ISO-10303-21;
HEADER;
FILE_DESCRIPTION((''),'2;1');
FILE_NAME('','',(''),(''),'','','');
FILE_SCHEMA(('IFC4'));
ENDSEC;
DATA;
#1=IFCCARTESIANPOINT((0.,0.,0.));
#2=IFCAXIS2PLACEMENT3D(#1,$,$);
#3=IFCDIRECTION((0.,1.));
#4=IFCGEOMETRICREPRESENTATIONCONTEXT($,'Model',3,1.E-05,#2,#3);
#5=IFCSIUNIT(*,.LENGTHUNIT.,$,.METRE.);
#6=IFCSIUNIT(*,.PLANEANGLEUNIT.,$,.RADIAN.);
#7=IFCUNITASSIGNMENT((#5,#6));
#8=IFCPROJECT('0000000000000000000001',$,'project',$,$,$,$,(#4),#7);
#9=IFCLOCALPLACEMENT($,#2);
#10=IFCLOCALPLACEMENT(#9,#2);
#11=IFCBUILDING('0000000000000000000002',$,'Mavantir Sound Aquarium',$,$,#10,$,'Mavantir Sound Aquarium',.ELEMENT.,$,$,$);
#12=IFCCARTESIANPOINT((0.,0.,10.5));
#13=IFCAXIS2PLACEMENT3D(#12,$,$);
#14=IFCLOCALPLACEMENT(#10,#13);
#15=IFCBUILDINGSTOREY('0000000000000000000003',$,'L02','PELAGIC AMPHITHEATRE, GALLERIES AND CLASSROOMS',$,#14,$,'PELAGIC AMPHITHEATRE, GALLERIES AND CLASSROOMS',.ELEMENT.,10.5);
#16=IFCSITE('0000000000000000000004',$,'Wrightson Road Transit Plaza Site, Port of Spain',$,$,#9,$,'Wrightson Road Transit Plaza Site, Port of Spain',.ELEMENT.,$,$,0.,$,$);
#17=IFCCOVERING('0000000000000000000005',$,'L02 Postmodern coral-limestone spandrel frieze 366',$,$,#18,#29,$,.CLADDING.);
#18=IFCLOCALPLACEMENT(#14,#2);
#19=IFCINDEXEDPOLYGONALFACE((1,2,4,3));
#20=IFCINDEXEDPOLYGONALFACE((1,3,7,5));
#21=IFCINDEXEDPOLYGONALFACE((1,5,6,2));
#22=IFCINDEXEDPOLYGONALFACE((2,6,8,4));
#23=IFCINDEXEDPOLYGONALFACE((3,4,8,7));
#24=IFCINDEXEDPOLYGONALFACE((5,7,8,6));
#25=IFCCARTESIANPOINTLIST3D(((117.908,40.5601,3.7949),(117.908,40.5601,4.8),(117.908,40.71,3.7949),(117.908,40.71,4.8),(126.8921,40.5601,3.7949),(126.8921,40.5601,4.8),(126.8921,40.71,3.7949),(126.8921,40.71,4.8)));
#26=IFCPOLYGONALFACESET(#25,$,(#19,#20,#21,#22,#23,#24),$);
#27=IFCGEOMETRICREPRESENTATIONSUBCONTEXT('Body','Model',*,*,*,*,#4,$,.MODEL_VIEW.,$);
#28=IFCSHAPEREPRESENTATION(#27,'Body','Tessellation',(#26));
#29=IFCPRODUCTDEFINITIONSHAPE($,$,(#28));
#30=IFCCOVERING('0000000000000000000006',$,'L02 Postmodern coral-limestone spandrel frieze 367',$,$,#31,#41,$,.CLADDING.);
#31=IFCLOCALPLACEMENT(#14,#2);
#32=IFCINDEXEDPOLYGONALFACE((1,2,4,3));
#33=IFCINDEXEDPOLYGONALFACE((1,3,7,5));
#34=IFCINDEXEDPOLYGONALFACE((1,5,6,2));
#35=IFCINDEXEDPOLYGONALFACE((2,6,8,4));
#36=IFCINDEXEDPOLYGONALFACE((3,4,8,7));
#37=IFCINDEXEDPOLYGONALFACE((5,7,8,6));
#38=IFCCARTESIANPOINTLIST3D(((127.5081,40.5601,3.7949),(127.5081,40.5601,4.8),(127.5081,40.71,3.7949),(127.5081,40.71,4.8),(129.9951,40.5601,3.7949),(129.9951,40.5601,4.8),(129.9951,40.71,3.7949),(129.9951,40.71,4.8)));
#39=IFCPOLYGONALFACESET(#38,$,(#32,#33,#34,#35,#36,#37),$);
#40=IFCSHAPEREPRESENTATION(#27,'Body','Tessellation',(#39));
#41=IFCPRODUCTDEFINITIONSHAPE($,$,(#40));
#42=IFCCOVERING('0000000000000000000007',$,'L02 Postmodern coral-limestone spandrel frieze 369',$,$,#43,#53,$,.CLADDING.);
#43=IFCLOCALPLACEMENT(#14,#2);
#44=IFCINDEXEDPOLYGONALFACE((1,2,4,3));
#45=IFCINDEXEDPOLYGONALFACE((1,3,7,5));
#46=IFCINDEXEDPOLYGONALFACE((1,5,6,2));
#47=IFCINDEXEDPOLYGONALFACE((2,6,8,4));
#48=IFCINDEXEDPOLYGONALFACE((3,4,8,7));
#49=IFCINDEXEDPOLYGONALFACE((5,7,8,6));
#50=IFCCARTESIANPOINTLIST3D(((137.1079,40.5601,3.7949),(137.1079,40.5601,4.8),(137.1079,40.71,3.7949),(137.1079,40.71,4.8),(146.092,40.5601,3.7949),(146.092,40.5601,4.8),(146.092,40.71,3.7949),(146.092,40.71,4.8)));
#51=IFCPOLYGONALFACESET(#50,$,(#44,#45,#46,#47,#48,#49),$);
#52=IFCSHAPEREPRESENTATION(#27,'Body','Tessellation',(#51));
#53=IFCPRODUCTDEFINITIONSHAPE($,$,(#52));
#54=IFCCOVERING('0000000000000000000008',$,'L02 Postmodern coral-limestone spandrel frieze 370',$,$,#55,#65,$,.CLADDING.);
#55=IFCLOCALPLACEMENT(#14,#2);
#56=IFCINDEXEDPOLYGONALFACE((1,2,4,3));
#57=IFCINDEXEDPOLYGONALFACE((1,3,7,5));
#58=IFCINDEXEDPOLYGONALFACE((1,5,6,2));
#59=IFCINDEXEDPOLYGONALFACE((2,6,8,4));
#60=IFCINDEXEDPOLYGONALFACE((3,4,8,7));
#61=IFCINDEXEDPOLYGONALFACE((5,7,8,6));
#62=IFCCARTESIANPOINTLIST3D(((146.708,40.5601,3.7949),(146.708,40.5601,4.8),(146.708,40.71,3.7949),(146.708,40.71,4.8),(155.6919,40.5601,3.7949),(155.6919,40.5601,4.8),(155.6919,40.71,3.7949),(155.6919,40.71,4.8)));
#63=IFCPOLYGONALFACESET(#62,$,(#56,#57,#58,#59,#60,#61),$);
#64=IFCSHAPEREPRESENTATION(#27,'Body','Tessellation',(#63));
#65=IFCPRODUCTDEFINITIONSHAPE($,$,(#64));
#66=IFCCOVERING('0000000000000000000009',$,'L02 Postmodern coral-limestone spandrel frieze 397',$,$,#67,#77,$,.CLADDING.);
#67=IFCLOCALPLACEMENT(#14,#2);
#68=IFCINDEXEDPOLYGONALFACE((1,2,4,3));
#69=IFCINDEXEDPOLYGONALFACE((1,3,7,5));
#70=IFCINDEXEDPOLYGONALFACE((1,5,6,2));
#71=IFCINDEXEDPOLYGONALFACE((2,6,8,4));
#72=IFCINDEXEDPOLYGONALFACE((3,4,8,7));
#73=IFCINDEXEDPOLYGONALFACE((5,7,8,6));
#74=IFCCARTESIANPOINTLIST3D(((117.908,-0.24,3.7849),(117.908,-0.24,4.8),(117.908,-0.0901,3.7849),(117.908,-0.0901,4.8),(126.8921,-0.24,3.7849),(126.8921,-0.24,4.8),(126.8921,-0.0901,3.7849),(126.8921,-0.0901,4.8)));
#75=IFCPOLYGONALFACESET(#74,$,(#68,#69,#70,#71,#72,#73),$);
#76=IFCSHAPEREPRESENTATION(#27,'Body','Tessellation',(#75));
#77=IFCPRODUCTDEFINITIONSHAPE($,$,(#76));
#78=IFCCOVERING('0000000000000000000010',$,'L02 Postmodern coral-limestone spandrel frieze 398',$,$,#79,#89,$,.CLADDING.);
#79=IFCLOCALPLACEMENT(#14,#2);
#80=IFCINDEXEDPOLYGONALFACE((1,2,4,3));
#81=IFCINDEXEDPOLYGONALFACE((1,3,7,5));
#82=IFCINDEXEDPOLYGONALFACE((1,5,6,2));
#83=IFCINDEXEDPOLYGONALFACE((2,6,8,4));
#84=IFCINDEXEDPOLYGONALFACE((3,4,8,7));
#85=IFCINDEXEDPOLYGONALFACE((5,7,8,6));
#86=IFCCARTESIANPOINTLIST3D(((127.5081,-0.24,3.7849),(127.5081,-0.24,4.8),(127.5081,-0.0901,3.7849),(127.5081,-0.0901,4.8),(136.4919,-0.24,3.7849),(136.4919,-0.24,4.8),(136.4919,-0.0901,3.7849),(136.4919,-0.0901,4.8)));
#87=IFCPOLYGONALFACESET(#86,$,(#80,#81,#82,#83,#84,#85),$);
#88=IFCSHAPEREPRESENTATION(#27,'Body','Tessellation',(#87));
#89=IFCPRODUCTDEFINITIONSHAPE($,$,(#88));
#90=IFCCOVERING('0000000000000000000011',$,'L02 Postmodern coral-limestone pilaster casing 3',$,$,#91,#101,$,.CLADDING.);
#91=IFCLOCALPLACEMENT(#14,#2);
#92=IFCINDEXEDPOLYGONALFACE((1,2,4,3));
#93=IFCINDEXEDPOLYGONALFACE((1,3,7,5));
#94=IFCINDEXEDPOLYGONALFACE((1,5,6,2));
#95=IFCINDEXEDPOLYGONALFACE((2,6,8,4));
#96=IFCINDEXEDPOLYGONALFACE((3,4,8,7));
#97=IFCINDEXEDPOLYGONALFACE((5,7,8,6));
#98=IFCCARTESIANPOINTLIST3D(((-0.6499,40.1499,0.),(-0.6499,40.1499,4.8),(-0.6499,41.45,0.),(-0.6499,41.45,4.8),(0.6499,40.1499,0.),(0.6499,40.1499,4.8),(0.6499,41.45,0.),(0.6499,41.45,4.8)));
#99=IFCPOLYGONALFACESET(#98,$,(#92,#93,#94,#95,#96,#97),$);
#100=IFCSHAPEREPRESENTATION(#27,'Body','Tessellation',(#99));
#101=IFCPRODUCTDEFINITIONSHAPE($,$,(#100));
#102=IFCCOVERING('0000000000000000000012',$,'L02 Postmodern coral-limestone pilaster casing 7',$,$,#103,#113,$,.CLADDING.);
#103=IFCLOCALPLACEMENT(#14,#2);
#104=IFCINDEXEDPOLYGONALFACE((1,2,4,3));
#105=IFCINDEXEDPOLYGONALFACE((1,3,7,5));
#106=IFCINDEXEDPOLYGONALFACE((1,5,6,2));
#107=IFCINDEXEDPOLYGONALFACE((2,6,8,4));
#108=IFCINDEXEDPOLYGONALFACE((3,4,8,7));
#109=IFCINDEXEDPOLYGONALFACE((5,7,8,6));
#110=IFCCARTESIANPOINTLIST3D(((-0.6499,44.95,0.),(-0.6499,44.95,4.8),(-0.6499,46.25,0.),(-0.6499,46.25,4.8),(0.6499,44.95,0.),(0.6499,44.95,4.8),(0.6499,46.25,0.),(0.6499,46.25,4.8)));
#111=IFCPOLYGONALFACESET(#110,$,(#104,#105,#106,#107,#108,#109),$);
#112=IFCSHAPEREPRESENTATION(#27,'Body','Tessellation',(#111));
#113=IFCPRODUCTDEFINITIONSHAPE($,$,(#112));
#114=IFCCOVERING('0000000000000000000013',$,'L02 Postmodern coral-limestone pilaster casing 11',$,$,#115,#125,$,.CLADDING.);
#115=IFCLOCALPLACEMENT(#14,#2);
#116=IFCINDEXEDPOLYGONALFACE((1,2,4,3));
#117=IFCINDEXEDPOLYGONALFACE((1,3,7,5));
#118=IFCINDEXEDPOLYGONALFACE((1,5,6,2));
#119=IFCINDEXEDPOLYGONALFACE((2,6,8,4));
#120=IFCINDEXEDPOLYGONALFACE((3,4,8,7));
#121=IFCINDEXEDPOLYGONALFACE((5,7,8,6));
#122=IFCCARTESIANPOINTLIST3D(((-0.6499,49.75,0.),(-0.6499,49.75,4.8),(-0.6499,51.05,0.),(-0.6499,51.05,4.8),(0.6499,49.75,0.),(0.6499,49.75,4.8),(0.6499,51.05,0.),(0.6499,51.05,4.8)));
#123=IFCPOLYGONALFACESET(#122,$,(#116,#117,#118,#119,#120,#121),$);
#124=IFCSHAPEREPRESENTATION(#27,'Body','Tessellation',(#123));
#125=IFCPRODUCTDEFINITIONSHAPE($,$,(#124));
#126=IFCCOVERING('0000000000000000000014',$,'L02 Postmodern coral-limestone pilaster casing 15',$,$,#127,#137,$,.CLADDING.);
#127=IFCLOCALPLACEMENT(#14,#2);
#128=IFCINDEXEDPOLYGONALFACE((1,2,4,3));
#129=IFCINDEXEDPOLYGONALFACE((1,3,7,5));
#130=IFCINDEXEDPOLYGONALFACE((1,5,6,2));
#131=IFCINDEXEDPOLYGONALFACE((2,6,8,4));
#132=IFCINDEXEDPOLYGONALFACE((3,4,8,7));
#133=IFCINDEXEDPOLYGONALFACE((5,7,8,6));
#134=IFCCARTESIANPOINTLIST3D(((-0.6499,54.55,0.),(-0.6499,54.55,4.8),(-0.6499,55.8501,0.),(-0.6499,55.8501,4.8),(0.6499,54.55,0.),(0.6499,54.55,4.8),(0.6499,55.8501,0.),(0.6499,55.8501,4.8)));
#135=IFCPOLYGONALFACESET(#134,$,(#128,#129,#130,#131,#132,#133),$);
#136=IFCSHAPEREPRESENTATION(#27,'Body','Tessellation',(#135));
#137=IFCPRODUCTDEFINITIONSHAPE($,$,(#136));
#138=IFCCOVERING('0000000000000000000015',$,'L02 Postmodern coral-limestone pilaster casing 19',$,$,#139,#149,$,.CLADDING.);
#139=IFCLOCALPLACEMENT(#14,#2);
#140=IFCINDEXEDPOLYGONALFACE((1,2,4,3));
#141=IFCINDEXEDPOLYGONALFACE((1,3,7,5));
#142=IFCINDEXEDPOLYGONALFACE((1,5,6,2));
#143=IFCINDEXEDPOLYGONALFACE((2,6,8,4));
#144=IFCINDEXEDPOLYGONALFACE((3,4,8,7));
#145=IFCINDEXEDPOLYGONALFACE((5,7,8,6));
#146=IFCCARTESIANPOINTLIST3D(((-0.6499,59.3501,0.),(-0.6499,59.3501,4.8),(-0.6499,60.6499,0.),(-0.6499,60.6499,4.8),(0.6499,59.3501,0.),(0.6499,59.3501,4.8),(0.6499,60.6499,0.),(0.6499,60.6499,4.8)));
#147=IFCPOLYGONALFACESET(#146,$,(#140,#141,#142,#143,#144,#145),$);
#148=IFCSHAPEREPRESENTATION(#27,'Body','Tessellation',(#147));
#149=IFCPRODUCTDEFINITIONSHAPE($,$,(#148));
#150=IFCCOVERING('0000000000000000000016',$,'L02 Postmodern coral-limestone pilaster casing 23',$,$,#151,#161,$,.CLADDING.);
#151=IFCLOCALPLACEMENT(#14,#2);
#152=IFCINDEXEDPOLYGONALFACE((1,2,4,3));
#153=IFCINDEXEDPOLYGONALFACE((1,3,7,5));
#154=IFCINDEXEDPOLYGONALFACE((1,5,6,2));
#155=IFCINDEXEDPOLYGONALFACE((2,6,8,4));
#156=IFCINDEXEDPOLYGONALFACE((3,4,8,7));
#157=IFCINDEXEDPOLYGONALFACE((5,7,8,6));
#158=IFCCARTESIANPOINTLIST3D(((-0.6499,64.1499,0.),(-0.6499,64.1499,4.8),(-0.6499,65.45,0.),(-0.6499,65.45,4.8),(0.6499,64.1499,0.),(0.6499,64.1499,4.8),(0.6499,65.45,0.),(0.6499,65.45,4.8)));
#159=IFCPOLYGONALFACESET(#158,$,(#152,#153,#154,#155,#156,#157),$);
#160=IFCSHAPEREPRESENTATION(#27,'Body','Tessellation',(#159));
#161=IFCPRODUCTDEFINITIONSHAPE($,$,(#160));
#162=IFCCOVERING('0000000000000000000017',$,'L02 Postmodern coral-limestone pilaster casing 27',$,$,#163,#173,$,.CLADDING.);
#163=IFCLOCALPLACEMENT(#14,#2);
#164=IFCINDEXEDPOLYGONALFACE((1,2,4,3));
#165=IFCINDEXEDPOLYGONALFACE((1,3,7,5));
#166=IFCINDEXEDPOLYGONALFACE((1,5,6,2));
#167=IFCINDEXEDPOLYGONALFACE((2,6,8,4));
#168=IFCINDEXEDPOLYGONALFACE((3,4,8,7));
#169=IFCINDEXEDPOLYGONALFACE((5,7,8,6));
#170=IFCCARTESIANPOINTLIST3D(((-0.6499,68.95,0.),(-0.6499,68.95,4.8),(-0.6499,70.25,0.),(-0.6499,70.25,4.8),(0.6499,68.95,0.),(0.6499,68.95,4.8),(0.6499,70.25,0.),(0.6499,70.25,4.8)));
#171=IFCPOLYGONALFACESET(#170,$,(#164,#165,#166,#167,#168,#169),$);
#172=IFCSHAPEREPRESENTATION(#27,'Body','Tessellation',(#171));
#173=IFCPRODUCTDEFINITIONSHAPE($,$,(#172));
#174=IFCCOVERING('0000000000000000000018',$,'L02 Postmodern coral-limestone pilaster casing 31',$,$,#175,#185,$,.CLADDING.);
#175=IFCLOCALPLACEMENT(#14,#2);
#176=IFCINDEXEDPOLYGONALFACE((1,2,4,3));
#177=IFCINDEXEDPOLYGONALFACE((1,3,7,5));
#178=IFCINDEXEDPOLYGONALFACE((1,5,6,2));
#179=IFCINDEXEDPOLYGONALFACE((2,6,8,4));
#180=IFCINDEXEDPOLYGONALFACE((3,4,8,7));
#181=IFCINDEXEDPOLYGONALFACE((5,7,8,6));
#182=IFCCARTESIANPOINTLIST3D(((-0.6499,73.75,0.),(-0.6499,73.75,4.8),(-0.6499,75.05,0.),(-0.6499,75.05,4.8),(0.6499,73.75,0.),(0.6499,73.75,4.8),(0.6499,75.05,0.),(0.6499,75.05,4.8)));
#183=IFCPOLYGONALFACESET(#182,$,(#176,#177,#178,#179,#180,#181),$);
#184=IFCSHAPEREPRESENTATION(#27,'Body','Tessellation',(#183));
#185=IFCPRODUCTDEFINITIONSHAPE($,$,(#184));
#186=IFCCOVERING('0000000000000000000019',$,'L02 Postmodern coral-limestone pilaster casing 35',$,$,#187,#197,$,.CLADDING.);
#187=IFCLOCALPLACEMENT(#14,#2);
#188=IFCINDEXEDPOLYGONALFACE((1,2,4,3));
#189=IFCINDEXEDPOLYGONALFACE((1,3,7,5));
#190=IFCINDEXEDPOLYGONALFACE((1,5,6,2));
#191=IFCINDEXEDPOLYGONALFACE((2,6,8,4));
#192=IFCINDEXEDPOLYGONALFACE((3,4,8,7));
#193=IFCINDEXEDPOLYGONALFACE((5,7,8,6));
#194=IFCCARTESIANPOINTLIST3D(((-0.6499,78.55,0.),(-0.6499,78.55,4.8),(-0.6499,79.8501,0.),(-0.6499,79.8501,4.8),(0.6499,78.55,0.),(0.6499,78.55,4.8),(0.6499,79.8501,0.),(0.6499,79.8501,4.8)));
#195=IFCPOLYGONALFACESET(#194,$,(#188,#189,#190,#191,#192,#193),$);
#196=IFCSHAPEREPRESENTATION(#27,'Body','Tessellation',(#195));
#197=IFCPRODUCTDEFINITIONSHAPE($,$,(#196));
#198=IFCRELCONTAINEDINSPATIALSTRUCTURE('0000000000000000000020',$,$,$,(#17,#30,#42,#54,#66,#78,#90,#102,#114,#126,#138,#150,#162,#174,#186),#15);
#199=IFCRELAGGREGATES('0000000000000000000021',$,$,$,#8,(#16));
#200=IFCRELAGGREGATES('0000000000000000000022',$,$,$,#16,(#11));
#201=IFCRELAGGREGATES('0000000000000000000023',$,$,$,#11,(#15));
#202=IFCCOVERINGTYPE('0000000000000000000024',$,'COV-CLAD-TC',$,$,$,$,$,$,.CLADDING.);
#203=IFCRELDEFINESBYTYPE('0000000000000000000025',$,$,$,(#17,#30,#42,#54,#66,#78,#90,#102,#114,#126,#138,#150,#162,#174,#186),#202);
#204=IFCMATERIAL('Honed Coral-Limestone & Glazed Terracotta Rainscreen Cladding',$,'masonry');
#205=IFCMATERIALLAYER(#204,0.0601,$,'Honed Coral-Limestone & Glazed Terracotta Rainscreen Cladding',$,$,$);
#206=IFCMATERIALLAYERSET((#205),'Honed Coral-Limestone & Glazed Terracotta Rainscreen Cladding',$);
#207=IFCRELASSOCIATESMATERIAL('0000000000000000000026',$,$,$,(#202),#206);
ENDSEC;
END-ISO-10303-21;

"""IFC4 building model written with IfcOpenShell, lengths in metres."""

from ifc_helpers import new_model, si_unit, direction, frame, origin, place, context, subcontext, project, spatial, polyline, outline, extrude, material, layer, layer_set, type_object, element, save


model = new_model("IFC4")

# Units and contexts
model_context = context("Model", 3, precision=1e-05, world=origin(), true_north=direction((0.0, 1.0)))
body_context = subcontext(model_context, "Body", "Model", "MODEL_VIEW")
ifc_project = project(units=[si_unit("LENGTHUNIT", "METRE"), si_unit("PLANEANGLEUNIT", "RADIAN")], contexts=[model_context])

# Site, building, storey
site_placement = place(None, origin())
site = spatial("IfcSite", under=ifc_project, at=site_placement, Name="Wrightson Road Transit Plaza Site, Port of Spain", LongName="Wrightson Road Transit Plaza Site, Port of Spain", CompositionType="ELEMENT", RefElevation=0.0)
building_placement = place(site_placement, origin())
building = spatial("IfcBuilding", under=site, at=building_placement, Name="Mavantir Sound Aquarium", LongName="Mavantir Sound Aquarium", CompositionType="ELEMENT")
storey_placement = place(building_placement, frame((0.0, 0.0, 10.5)))
storey = spatial("IfcBuildingStorey", under=building, at=storey_placement, Name="L02", Description="PELAGIC AMPHITHEATRE, GALLERIES AND CLASSROOMS", LongName="PELAGIC AMPHITHEATRE, GALLERIES AND CLASSROOMS", CompositionType="ELEMENT", Elevation=10.5)

# Coverings
ifc_material = material(Name="Honed Coral-Limestone & Glazed Terracotta Rainscreen Cladding", Category="masonry")
ifc_layer = layer(ifc_material, 0.0601, Name="Honed Coral-Limestone & Glazed Terracotta Rainscreen Cladding")
ifc_layer_set = layer_set([ifc_layer], Name="Honed Coral-Limestone & Glazed Terracotta Rainscreen Cladding")
covering_type = type_object("IfcCoveringType", Name="COV-CLAD-TC", PredefinedType="CLADDING", material=ifc_layer_set)
covering_1_placement = place(storey_placement, frame((0.0, 0.0, 3.7949)))
element("IfcCovering", 1, at=covering_1_placement, inside=storey, type_object=covering_type, Name="L02 Postmodern coral-limestone spandrel frieze 366", PredefinedType="CLADDING", context=body_context, shape_type="SweptSolid", body=[
    extrude(outline(polyline([(117.908, 40.71), (126.8921, 40.71), (126.8921, 40.5601), (117.908, 40.5601), (117.908, 40.71)])), origin(), (0.0, 0.0, 1.0), 1.0051),
])
covering_2_placement = place(storey_placement, frame((0.0, 0.0, 3.7949)))
element("IfcCovering", 2, at=covering_2_placement, inside=storey, type_object=covering_type, Name="L02 Postmodern coral-limestone spandrel frieze 367", PredefinedType="CLADDING", context=body_context, shape_type="SweptSolid", body=[
    extrude(outline(polyline([(127.5081, 40.71), (129.9951, 40.71), (129.9951, 40.5601), (127.5081, 40.5601), (127.5081, 40.71)])), origin(), (0.0, 0.0, 1.0), 1.0051),
])
covering_3_placement = place(storey_placement, frame((0.0, 0.0, 3.7949)))
element("IfcCovering", 3, at=covering_3_placement, inside=storey, type_object=covering_type, Name="L02 Postmodern coral-limestone spandrel frieze 369", PredefinedType="CLADDING", context=body_context, shape_type="SweptSolid", body=[
    extrude(outline(polyline([(137.1079, 40.71), (146.092, 40.71), (146.092, 40.5601), (137.1079, 40.5601), (137.1079, 40.71)])), origin(), (0.0, 0.0, 1.0), 1.0051),
])
covering_4_placement = place(storey_placement, frame((0.0, 0.0, 3.7949)))
element("IfcCovering", 4, at=covering_4_placement, inside=storey, type_object=covering_type, Name="L02 Postmodern coral-limestone spandrel frieze 370", PredefinedType="CLADDING", context=body_context, shape_type="SweptSolid", body=[
    extrude(outline(polyline([(146.708, 40.71), (155.6919, 40.71), (155.6919, 40.5601), (146.708, 40.5601), (146.708, 40.71)])), origin(), (0.0, 0.0, 1.0), 1.0051),
])
covering_5_placement = place(storey_placement, frame((0.0, 0.0, 3.7849)))
element("IfcCovering", 5, at=covering_5_placement, inside=storey, type_object=covering_type, Name="L02 Postmodern coral-limestone spandrel frieze 397", PredefinedType="CLADDING", context=body_context, shape_type="SweptSolid", body=[
    extrude(outline(polyline([(117.908, -0.0901), (126.8921, -0.0901), (126.8921, -0.24), (117.908, -0.24), (117.908, -0.0901)])), origin(), (0.0, 0.0, 1.0), 1.0151),
])
covering_6_placement = place(storey_placement, frame((0.0, 0.0, 3.7849)))
element("IfcCovering", 6, at=covering_6_placement, inside=storey, type_object=covering_type, Name="L02 Postmodern coral-limestone spandrel frieze 398", PredefinedType="CLADDING", context=body_context, shape_type="SweptSolid", body=[
    extrude(outline(polyline([(127.5081, -0.0901), (136.4919, -0.0901), (136.4919, -0.24), (127.5081, -0.24), (127.5081, -0.0901)])), origin(), (0.0, 0.0, 1.0), 1.0151),
])
covering_7_placement = place(storey_placement, origin())
element("IfcCovering", 7, at=covering_7_placement, inside=storey, type_object=covering_type, Name="L02 Postmodern coral-limestone pilaster casing 3", PredefinedType="CLADDING", context=body_context, shape_type="SweptSolid", body=[
    extrude(outline(polyline([(-0.6499, 40.1499), (0.6499, 40.1499), (0.6499, 41.45), (-0.6499, 41.45), (-0.6499, 40.1499)])), origin(), (0.0, 0.0, 1.0), 4.8),
])
covering_8_placement = place(storey_placement, origin())
element("IfcCovering", 8, at=covering_8_placement, inside=storey, type_object=covering_type, Name="L02 Postmodern coral-limestone pilaster casing 7", PredefinedType="CLADDING", context=body_context, shape_type="SweptSolid", body=[
    extrude(outline(polyline([(-0.6499, 44.95), (0.6499, 44.95), (0.6499, 46.25), (-0.6499, 46.25), (-0.6499, 44.95)])), origin(), (0.0, 0.0, 1.0), 4.8),
])
covering_9_placement = place(storey_placement, origin())
element("IfcCovering", 9, at=covering_9_placement, inside=storey, type_object=covering_type, Name="L02 Postmodern coral-limestone pilaster casing 11", PredefinedType="CLADDING", context=body_context, shape_type="SweptSolid", body=[
    extrude(outline(polyline([(-0.6499, 49.75), (0.6499, 49.75), (0.6499, 51.05), (-0.6499, 51.05), (-0.6499, 49.75)])), origin(), (0.0, 0.0, 1.0), 4.8),
])
covering_10_placement = place(storey_placement, origin())
element("IfcCovering", 10, at=covering_10_placement, inside=storey, type_object=covering_type, Name="L02 Postmodern coral-limestone pilaster casing 15", PredefinedType="CLADDING", context=body_context, shape_type="SweptSolid", body=[
    extrude(outline(polyline([(-0.6499, 54.55), (0.6499, 54.55), (0.6499, 55.8501), (-0.6499, 55.8501), (-0.6499, 54.55)])), origin(), (0.0, 0.0, 1.0), 4.8),
])
covering_11_placement = place(storey_placement, origin())
element("IfcCovering", 11, at=covering_11_placement, inside=storey, type_object=covering_type, Name="L02 Postmodern coral-limestone pilaster casing 19", PredefinedType="CLADDING", context=body_context, shape_type="SweptSolid", body=[
    extrude(outline(polyline([(-0.6499, 59.3501), (0.6499, 59.3501), (0.6499, 60.6499), (-0.6499, 60.6499), (-0.6499, 59.3501)])), origin(), (0.0, 0.0, 1.0), 4.8),
])
covering_12_placement = place(storey_placement, origin())
element("IfcCovering", 12, at=covering_12_placement, inside=storey, type_object=covering_type, Name="L02 Postmodern coral-limestone pilaster casing 23", PredefinedType="CLADDING", context=body_context, shape_type="SweptSolid", body=[
    extrude(outline(polyline([(-0.6499, 64.1499), (0.6499, 64.1499), (0.6499, 65.45), (-0.6499, 65.45), (-0.6499, 64.1499)])), origin(), (0.0, 0.0, 1.0), 4.8),
])
covering_13_placement = place(storey_placement, origin())
element("IfcCovering", 13, at=covering_13_placement, inside=storey, type_object=covering_type, Name="L02 Postmodern coral-limestone pilaster casing 27", PredefinedType="CLADDING", context=body_context, shape_type="SweptSolid", body=[
    extrude(outline(polyline([(-0.6499, 68.95), (0.6499, 68.95), (0.6499, 70.25), (-0.6499, 70.25), (-0.6499, 68.95)])), origin(), (0.0, 0.0, 1.0), 4.8),
])
covering_14_placement = place(storey_placement, origin())
element("IfcCovering", 14, at=covering_14_placement, inside=storey, type_object=covering_type, Name="L02 Postmodern coral-limestone pilaster casing 31", PredefinedType="CLADDING", context=body_context, shape_type="SweptSolid", body=[
    extrude(outline(polyline([(-0.6499, 73.75), (0.6499, 73.75), (0.6499, 75.05), (-0.6499, 75.05), (-0.6499, 73.75)])), origin(), (0.0, 0.0, 1.0), 4.8),
])
covering_15_placement = place(storey_placement, origin())
element("IfcCovering", 15, at=covering_15_placement, inside=storey, type_object=covering_type, Name="L02 Postmodern coral-limestone pilaster casing 35", PredefinedType="CLADDING", context=body_context, shape_type="SweptSolid", body=[
    extrude(outline(polyline([(-0.6499, 78.55), (0.6499, 78.55), (0.6499, 79.8501), (-0.6499, 79.8501), (-0.6499, 78.55)])), origin(), (0.0, 0.0, 1.0), 4.8),
])

save(model, "model.ifc")
